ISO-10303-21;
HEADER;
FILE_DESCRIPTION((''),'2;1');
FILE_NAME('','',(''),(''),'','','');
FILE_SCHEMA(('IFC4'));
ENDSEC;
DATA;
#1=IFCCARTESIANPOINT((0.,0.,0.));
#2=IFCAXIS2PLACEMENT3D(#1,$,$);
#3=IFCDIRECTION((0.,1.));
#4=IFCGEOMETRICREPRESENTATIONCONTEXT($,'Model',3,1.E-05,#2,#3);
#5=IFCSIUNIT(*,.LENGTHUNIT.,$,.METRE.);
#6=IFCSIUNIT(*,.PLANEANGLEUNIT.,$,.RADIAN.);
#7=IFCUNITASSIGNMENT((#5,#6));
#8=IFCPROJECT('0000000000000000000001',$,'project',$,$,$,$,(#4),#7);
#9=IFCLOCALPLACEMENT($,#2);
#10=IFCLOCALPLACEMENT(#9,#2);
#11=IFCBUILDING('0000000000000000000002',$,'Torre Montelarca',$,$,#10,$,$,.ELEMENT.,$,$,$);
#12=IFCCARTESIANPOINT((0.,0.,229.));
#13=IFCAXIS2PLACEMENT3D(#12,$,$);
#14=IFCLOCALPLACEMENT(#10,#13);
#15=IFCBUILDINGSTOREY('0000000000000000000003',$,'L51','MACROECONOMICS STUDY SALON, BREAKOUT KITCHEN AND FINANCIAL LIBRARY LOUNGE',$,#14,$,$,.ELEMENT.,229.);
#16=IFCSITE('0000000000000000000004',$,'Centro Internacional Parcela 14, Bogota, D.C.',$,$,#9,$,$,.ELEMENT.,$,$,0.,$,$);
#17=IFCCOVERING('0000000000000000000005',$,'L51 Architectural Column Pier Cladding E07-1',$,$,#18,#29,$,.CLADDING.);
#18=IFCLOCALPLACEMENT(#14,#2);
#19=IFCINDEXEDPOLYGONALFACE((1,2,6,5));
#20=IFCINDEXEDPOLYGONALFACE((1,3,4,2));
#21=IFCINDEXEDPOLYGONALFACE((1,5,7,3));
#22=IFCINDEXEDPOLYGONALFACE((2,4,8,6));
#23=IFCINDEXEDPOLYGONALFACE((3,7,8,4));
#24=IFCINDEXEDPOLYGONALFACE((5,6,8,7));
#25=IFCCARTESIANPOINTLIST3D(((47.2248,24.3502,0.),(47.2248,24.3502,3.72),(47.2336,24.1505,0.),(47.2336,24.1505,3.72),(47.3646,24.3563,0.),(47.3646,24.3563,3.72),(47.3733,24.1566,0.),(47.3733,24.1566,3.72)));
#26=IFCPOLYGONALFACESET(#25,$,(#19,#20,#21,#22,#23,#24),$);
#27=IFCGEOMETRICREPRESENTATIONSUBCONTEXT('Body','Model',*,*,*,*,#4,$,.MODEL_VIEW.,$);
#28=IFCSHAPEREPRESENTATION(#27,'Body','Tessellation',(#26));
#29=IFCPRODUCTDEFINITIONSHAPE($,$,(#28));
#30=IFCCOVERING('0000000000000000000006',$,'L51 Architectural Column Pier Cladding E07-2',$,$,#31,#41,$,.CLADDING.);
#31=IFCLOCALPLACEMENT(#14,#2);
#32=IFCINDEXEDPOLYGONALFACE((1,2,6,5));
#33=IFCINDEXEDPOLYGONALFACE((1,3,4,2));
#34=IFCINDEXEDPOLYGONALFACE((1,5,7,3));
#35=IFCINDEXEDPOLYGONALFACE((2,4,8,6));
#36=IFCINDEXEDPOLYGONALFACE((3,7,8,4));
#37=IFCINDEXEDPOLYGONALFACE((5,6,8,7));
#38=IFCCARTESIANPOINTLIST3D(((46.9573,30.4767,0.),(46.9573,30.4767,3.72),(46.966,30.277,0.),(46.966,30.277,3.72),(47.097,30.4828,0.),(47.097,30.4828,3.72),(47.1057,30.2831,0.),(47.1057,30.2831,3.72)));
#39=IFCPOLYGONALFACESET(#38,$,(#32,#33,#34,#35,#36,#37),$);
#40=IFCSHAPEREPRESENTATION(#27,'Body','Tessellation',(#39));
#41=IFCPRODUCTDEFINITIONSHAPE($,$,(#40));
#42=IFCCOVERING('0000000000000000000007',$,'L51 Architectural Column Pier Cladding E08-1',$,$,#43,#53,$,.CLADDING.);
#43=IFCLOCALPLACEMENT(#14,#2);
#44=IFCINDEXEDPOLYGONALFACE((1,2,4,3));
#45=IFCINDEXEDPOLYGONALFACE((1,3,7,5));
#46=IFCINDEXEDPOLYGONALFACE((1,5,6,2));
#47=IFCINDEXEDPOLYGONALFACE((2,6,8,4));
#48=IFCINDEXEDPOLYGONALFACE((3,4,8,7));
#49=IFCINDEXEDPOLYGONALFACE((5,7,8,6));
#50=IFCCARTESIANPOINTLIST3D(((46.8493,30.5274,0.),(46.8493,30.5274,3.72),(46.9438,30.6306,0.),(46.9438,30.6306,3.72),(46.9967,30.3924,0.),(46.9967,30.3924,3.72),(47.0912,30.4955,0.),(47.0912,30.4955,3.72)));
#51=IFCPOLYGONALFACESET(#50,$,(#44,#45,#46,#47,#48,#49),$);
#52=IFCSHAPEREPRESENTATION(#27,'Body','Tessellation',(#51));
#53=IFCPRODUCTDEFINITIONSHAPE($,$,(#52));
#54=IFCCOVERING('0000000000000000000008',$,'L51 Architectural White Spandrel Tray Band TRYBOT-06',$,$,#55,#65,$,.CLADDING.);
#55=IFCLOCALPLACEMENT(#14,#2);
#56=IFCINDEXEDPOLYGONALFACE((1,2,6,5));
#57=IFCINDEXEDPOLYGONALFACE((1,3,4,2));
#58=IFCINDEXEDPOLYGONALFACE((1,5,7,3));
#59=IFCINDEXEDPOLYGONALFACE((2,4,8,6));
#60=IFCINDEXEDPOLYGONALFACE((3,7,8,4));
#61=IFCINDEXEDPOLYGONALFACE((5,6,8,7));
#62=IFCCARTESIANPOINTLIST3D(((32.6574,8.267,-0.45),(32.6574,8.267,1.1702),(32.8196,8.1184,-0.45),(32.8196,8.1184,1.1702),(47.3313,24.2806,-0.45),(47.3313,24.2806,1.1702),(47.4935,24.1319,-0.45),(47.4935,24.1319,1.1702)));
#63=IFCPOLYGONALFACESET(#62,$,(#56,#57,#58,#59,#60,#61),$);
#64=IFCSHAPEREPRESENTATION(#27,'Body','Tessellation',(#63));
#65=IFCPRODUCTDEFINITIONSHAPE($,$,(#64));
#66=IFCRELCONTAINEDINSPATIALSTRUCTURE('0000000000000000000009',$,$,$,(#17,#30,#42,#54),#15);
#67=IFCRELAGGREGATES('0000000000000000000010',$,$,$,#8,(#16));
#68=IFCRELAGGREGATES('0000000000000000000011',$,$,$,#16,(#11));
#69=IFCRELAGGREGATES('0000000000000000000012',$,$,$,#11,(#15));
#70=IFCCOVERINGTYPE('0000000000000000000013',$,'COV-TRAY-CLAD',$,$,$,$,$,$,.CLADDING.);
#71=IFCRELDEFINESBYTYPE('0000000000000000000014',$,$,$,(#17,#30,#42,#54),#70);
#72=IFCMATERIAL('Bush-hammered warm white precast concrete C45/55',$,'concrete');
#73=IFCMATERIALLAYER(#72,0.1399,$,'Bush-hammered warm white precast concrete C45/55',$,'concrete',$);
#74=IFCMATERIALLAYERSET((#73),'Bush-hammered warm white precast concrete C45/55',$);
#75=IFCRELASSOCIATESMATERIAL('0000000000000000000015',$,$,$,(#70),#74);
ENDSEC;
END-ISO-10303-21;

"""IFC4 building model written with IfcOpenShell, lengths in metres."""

from ifc_helpers import new_model, si_unit, direction, frame, origin, origin_2d, place, context, subcontext, project, spatial, rectangle, extrude, source, transform, mapped, material, layer, layer_set, type_object, element, save


model = new_model("IFC4")

# Units and contexts
model_context = context("Model", 3, precision=1e-05, world=origin(), true_north=direction((0.0, 1.0)))
body_context = subcontext(model_context, "Body", "Model", "MODEL_VIEW")
ifc_project = project(units=[si_unit("LENGTHUNIT", "METRE"), si_unit("PLANEANGLEUNIT", "RADIAN")], contexts=[model_context])

# Site, building, storey
site_placement = place(None, origin())
site = spatial("IfcSite", under=ifc_project, at=site_placement, Name="Centro Internacional Parcela 14, Bogota, D.C.", CompositionType="ELEMENT", RefElevation=0.0)
building_placement = place(site_placement, origin())
building = spatial("IfcBuilding", under=site, at=building_placement, Name="Torre Montelarca", CompositionType="ELEMENT")
storey_placement = place(building_placement, frame((0.0, 0.0, 229.0)))
storey = spatial("IfcBuildingStorey", under=building, at=storey_placement, Name="L51", Description="MACROECONOMICS STUDY SALON, BREAKOUT KITCHEN AND FINANCIAL LIBRARY LOUNGE", CompositionType="ELEMENT", Elevation=229.0)

# Coverings
ifc_material_1 = material(Name="Bush-hammered warm white precast concrete C45/55", Category="concrete")
ifc_layer_1 = layer(ifc_material_1, 0.1399, Name="Bush-hammered warm white precast concrete C45/55", Category="concrete")
ifc_layer_set_1 = layer_set([ifc_layer_1], Name="Bush-hammered warm white precast concrete C45/55")
covering_type = type_object("IfcCoveringType", Name="COV-TRAY-CLAD", PredefinedType="CLADDING", material=ifc_layer_set_1)
shared_shape_1 = source(origin(), body_context, "Body", "SweptSolid", [
    extrude(rectangle(XDim=0.2, YDim=0.1399, at=origin_2d()), origin(), (0.0, 0.0, 1.0), 3.72),
])
for number, where, z_axis, x_axis, name in (
    (1, (47.2991, 24.2534, 0.0), (0.0, 0.0, 1.0), (-0.043628, 0.999048, 0.0), "L51 Architectural Column Pier Cladding E07-1"),
    (2, (47.0315, 30.3799, 0.0), (0.0, 0.0, 1.0), (-0.043628, 0.999048, 0.0), "L51 Architectural Column Pier Cladding E07-2"),
    (3, (46.9702, 30.5115, 0.0), (0.0, 0.0, 1.0), (-0.737277, 0.67559, 0.0), "L51 Architectural Column Pier Cladding E08-1"),
):
    element("IfcCovering", number, at=place(storey_placement, frame(where, z_axis=z_axis, x_axis=x_axis)), inside=storey, type_object=covering_type, Name=name, PredefinedType="CLADDING", context=body_context, shape_type="MappedRepresentation", body=[
        mapped(shared_shape_1, transform((0.0, 0.0, 0.0), scale=1.0)),
    ])
shared_shape_2 = source(origin(), body_context, "Body", "SweptSolid", [
    extrude(rectangle(XDim=21.72, YDim=0.22, at=origin_2d()), origin(), (0.0, 0.0, 1.0), 1.6201),
])
covering_1_placement = place(storey_placement, frame((40.0754, 16.1995, -0.45), z_axis=(0.0, 0.0, 1.0), x_axis=(0.675594, 0.737274, 0.0)))
element("IfcCovering", 4, at=covering_1_placement, inside=storey, type_object=covering_type, Name="L51 Architectural White Spandrel Tray Band TRYBOT-06", PredefinedType="CLADDING", context=body_context, shape_type="MappedRepresentation", body=[
    mapped(shared_shape_2, transform((0.0, 0.0, 0.0), scale=1.0)),
])

save(model, "model.ifc")
